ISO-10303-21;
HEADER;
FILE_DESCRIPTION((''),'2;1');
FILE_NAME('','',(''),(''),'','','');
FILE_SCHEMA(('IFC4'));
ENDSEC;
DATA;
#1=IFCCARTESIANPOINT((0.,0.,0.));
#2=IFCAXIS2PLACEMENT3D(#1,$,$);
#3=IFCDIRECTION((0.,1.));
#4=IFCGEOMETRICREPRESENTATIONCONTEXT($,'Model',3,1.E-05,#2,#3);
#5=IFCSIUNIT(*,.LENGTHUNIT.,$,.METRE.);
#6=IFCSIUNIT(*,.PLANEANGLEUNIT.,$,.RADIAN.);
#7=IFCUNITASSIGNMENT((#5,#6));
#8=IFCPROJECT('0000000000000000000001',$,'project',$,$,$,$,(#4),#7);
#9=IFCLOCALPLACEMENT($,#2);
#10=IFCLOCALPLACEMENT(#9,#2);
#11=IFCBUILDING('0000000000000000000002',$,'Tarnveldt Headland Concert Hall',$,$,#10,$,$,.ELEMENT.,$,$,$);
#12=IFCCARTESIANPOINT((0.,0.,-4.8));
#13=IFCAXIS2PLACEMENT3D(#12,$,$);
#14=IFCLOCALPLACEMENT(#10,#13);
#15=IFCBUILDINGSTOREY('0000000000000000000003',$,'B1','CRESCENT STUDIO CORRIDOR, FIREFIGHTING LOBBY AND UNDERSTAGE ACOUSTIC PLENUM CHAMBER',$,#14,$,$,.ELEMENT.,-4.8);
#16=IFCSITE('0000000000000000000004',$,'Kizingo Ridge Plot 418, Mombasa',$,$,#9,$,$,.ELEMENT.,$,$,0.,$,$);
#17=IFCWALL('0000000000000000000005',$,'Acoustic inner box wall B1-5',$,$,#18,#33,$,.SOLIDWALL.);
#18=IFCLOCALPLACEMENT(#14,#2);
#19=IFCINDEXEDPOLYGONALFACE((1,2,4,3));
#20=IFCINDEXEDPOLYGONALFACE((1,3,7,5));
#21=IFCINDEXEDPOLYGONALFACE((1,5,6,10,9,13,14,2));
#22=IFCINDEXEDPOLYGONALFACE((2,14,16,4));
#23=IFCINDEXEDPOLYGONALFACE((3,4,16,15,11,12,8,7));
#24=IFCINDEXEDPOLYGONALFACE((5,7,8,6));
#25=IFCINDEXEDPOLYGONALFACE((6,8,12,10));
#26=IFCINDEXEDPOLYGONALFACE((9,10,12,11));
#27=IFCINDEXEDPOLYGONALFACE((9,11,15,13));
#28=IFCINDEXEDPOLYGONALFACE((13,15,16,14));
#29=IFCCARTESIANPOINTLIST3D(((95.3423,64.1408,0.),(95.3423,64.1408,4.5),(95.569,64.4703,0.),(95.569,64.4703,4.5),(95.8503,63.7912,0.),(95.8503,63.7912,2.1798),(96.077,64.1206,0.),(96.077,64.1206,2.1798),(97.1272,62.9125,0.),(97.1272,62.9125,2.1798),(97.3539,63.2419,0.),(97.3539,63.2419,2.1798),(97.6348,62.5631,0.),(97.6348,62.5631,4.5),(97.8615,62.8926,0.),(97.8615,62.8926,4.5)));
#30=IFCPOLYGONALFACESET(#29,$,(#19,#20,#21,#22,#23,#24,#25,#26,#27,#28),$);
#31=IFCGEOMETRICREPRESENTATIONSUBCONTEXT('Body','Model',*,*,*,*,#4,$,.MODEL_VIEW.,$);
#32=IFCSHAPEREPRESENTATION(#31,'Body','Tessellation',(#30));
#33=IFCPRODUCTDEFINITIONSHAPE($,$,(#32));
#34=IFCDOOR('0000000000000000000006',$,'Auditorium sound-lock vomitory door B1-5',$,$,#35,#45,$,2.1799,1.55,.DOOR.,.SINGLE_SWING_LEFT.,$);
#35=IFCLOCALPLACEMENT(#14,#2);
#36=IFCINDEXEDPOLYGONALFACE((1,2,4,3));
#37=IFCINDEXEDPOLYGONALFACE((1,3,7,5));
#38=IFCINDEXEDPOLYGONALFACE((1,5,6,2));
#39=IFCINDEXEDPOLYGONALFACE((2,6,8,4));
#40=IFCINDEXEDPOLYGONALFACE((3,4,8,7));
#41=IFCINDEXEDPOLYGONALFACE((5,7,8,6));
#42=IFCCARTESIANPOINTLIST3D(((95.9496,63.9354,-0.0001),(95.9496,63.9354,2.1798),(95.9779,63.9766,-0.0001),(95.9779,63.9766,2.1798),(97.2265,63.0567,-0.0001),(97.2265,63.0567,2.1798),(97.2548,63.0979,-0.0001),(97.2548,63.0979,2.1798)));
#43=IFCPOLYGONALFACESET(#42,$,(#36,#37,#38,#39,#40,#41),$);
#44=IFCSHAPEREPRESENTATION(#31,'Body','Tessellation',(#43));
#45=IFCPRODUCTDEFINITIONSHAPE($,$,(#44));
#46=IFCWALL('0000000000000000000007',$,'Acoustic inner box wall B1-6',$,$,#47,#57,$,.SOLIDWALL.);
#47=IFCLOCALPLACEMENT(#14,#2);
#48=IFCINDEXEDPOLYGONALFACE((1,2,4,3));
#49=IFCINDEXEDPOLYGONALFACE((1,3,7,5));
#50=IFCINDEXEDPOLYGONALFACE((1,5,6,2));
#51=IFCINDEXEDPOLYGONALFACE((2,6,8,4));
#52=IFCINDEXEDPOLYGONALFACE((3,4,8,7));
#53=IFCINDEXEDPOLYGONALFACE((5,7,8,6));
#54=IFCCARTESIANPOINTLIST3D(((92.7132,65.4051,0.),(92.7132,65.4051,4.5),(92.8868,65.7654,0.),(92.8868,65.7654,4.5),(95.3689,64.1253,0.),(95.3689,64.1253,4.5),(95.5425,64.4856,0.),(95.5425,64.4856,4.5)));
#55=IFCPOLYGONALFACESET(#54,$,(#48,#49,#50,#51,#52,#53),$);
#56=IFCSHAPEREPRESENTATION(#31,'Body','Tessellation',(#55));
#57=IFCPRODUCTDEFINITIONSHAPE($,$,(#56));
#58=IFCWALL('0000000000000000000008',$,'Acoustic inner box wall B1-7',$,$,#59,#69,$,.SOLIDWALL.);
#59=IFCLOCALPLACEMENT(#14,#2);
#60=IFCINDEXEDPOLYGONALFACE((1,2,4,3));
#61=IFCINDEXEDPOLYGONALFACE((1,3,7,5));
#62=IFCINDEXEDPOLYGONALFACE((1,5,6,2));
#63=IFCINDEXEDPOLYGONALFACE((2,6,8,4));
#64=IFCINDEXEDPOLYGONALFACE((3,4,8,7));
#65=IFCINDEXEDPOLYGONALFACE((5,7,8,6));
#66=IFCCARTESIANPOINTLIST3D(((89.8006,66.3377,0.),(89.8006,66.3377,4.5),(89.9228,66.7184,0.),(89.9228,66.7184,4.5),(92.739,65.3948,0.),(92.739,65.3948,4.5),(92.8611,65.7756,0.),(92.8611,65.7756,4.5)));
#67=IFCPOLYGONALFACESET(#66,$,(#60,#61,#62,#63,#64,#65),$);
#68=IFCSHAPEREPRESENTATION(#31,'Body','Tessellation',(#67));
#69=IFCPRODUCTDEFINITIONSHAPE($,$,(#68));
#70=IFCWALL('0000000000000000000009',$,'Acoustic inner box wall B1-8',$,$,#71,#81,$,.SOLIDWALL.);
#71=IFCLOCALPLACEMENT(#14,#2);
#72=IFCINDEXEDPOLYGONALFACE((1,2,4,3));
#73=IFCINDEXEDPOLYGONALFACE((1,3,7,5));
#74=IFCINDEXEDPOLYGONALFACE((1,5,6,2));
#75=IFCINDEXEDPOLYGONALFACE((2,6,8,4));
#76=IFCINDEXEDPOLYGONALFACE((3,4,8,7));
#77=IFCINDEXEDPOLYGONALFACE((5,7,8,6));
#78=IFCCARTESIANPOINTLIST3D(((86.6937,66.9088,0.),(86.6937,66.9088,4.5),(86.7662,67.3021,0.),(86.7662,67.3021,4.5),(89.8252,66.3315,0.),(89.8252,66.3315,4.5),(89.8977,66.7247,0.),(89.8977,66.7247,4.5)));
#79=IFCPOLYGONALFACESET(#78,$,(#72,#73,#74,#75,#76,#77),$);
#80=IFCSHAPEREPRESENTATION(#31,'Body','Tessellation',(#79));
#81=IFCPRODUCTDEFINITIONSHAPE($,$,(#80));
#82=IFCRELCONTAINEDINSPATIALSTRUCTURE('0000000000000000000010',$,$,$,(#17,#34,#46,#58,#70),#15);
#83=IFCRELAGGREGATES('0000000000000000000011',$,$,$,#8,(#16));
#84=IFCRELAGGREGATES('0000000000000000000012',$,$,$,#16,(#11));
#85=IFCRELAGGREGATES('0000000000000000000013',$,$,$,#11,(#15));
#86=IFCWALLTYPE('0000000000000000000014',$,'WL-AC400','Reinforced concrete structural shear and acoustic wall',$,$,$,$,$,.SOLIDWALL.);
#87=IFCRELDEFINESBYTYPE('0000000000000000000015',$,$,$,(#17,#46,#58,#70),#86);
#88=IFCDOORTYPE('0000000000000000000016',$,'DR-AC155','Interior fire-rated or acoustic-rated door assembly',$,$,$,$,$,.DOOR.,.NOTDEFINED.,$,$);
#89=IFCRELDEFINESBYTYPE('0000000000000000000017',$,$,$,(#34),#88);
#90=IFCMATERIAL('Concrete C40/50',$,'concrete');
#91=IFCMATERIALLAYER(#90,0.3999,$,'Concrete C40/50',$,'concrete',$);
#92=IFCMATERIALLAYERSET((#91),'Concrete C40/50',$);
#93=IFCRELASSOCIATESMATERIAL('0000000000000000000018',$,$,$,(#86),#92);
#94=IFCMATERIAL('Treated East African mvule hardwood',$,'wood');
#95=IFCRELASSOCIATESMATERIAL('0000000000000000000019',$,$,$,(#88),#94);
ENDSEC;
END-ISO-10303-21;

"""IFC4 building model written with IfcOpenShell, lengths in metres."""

from ifc_helpers import new_model, si_unit, direction, frame, frame_2d, origin, place, context, subcontext, project, spatial, rectangle, extrude, material, layer, layer_set, type_object, element, fill, save


model = new_model("IFC4")

# Units and contexts
model_context = context("Model", 3, precision=1e-05, world=origin(), true_north=direction((0.0, 1.0)))
body_context = subcontext(model_context, "Body", "Model", "MODEL_VIEW")
ifc_project = project(units=[si_unit("LENGTHUNIT", "METRE"), si_unit("PLANEANGLEUNIT", "RADIAN")], contexts=[model_context])

# Site, building, storey
site_placement = place(None, origin())
site = spatial("IfcSite", under=ifc_project, at=site_placement, Name="Kizingo Ridge Plot 418, Mombasa", CompositionType="ELEMENT", RefElevation=0.0)
building_placement = place(site_placement, origin())
building = spatial("IfcBuilding", under=site, at=building_placement, Name="Tarnveldt Headland Concert Hall", CompositionType="ELEMENT")
storey_placement = place(building_placement, frame((0.0, 0.0, -4.8)))
storey = spatial("IfcBuildingStorey", under=building, at=storey_placement, Name="B1", Description="CRESCENT STUDIO CORRIDOR, FIREFIGHTING LOBBY AND UNDERSTAGE ACOUSTIC PLENUM CHAMBER", CompositionType="ELEMENT", Elevation=-4.8)

# Shared definitions
ifc_material_1 = material(Name="Concrete C40/50", Category="concrete")

# Shared definitions
ifc_layer = layer(ifc_material_1, 0.3999, Name="Concrete C40/50", Category="concrete")
ifc_layer_set = layer_set([ifc_layer], Name="Concrete C40/50")
wall_type = type_object("IfcWallType", Name="WL-AC400", Description="Reinforced concrete structural shear and acoustic wall", PredefinedType="SOLIDWALL", material=ifc_layer_set)

# Wall, opening, door
wall_1_placement = place(storey_placement, frame((97.7483, 62.7278, 0.0), z_axis=(0.0, 0.0, 1.0), x_axis=(-0.823781, 0.566909, 0.0)))
wall_1 = element("IfcWall", 1, at=wall_1_placement, inside=storey, type_object=wall_type, Name="Acoustic inner box wall B1-5", PredefinedType="SOLIDWALL", context=body_context, shape_type="SweptSolid", body=[
    extrude(rectangle(XDim=2.783, YDim=0.3999, at=frame_2d((1.3916, 0.0))), origin(), (0.0, 0.0, 1.0), 4.5),
])
opening_placement = place(wall_1_placement, frame((0.6165, 0.0, 0.0)))
opening = element("IfcOpeningElement", 2, at=opening_placement, cuts=wall_1, PredefinedType="OPENING", context=body_context, shape_type="SweptSolid", body=[
    extrude(rectangle(XDim=1.55, YDim=2.1799, at=frame_2d((0.7749, 1.0898))), frame((0.0, 0.21, 0.0), z_axis=(0.0, -1.0, 0.0), x_axis=(1.0, 0.0, 0.0)), (0.0, 0.0, 1.0), 0.4199),
])
ifc_material_2 = material(Name="Treated East African mvule hardwood", Category="wood")
door_type = type_object("IfcDoorType", Name="DR-AC155", Description="Interior fire-rated or acoustic-rated door assembly", OperationType="NOTDEFINED", PredefinedType="DOOR", material=ifc_material_2)
door_placement = place(opening_placement, origin())
door = element("IfcDoor", 3, at=door_placement, inside=storey, type_object=door_type, Name="Auditorium sound-lock vomitory door B1-5", OperationType="SINGLE_SWING_LEFT", OverallHeight=2.1799, OverallWidth=1.55, PredefinedType="DOOR", context=body_context, shape_type="SweptSolid", body=[
    extrude(rectangle(XDim=1.55, YDim=2.1799, at=frame_2d((0.7749, 1.0898))), frame((0.0, 0.0249, 0.0), z_axis=(0.0, -1.0, 0.0), x_axis=(1.0, 0.0, 0.0)), (0.0, 0.0, 1.0), 0.05),
])
fill(opening, door)

# Walls
wall_2_placement = place(storey_placement, frame((95.4558, 64.3054, 0.0), z_axis=(0.0, 0.0, 1.0), x_axis=(-0.900858, 0.434114, 0.0)))
element("IfcWall", 4, at=wall_2_placement, inside=storey, type_object=wall_type, Name="Acoustic inner box wall B1-6", PredefinedType="SOLIDWALL", context=body_context, shape_type="SweptSolid", body=[
    extrude(rectangle(XDim=2.948, YDim=0.3999, at=frame_2d((1.4741, 0.0))), origin(), (0.0, 0.0, 1.0), 4.5),
])
wall_3_placement = place(storey_placement, frame((92.8, 65.5852, 0.0), z_axis=(0.0, 0.0, 1.0), x_axis=(-0.952183, 0.305528, 0.0)))
element("IfcWall", 5, at=wall_3_placement, inside=storey, type_object=wall_type, Name="Acoustic inner box wall B1-7", PredefinedType="SOLIDWALL", context=body_context, shape_type="SweptSolid", body=[
    extrude(rectangle(XDim=3.0859, YDim=0.3999, at=frame_2d((1.543, 0.0))), origin(), (0.0, 0.0, 1.0), 4.5),
])
wall_4_placement = place(storey_placement, frame((89.8616, 66.5281, 0.0), z_axis=(0.0, 0.0, 1.0), x_axis=(-0.983424, 0.18132, 0.0)))
element("IfcWall", 6, at=wall_4_placement, inside=storey, type_object=wall_type, Name="Acoustic inner box wall B1-8", PredefinedType="SOLIDWALL", context=body_context, shape_type="SweptSolid", body=[
    extrude(rectangle(XDim=3.1843, YDim=0.3999, at=frame_2d((1.5923, 0.0))), origin(), (0.0, 0.0, 1.0), 4.5),
])

save(model, "model.ifc")
